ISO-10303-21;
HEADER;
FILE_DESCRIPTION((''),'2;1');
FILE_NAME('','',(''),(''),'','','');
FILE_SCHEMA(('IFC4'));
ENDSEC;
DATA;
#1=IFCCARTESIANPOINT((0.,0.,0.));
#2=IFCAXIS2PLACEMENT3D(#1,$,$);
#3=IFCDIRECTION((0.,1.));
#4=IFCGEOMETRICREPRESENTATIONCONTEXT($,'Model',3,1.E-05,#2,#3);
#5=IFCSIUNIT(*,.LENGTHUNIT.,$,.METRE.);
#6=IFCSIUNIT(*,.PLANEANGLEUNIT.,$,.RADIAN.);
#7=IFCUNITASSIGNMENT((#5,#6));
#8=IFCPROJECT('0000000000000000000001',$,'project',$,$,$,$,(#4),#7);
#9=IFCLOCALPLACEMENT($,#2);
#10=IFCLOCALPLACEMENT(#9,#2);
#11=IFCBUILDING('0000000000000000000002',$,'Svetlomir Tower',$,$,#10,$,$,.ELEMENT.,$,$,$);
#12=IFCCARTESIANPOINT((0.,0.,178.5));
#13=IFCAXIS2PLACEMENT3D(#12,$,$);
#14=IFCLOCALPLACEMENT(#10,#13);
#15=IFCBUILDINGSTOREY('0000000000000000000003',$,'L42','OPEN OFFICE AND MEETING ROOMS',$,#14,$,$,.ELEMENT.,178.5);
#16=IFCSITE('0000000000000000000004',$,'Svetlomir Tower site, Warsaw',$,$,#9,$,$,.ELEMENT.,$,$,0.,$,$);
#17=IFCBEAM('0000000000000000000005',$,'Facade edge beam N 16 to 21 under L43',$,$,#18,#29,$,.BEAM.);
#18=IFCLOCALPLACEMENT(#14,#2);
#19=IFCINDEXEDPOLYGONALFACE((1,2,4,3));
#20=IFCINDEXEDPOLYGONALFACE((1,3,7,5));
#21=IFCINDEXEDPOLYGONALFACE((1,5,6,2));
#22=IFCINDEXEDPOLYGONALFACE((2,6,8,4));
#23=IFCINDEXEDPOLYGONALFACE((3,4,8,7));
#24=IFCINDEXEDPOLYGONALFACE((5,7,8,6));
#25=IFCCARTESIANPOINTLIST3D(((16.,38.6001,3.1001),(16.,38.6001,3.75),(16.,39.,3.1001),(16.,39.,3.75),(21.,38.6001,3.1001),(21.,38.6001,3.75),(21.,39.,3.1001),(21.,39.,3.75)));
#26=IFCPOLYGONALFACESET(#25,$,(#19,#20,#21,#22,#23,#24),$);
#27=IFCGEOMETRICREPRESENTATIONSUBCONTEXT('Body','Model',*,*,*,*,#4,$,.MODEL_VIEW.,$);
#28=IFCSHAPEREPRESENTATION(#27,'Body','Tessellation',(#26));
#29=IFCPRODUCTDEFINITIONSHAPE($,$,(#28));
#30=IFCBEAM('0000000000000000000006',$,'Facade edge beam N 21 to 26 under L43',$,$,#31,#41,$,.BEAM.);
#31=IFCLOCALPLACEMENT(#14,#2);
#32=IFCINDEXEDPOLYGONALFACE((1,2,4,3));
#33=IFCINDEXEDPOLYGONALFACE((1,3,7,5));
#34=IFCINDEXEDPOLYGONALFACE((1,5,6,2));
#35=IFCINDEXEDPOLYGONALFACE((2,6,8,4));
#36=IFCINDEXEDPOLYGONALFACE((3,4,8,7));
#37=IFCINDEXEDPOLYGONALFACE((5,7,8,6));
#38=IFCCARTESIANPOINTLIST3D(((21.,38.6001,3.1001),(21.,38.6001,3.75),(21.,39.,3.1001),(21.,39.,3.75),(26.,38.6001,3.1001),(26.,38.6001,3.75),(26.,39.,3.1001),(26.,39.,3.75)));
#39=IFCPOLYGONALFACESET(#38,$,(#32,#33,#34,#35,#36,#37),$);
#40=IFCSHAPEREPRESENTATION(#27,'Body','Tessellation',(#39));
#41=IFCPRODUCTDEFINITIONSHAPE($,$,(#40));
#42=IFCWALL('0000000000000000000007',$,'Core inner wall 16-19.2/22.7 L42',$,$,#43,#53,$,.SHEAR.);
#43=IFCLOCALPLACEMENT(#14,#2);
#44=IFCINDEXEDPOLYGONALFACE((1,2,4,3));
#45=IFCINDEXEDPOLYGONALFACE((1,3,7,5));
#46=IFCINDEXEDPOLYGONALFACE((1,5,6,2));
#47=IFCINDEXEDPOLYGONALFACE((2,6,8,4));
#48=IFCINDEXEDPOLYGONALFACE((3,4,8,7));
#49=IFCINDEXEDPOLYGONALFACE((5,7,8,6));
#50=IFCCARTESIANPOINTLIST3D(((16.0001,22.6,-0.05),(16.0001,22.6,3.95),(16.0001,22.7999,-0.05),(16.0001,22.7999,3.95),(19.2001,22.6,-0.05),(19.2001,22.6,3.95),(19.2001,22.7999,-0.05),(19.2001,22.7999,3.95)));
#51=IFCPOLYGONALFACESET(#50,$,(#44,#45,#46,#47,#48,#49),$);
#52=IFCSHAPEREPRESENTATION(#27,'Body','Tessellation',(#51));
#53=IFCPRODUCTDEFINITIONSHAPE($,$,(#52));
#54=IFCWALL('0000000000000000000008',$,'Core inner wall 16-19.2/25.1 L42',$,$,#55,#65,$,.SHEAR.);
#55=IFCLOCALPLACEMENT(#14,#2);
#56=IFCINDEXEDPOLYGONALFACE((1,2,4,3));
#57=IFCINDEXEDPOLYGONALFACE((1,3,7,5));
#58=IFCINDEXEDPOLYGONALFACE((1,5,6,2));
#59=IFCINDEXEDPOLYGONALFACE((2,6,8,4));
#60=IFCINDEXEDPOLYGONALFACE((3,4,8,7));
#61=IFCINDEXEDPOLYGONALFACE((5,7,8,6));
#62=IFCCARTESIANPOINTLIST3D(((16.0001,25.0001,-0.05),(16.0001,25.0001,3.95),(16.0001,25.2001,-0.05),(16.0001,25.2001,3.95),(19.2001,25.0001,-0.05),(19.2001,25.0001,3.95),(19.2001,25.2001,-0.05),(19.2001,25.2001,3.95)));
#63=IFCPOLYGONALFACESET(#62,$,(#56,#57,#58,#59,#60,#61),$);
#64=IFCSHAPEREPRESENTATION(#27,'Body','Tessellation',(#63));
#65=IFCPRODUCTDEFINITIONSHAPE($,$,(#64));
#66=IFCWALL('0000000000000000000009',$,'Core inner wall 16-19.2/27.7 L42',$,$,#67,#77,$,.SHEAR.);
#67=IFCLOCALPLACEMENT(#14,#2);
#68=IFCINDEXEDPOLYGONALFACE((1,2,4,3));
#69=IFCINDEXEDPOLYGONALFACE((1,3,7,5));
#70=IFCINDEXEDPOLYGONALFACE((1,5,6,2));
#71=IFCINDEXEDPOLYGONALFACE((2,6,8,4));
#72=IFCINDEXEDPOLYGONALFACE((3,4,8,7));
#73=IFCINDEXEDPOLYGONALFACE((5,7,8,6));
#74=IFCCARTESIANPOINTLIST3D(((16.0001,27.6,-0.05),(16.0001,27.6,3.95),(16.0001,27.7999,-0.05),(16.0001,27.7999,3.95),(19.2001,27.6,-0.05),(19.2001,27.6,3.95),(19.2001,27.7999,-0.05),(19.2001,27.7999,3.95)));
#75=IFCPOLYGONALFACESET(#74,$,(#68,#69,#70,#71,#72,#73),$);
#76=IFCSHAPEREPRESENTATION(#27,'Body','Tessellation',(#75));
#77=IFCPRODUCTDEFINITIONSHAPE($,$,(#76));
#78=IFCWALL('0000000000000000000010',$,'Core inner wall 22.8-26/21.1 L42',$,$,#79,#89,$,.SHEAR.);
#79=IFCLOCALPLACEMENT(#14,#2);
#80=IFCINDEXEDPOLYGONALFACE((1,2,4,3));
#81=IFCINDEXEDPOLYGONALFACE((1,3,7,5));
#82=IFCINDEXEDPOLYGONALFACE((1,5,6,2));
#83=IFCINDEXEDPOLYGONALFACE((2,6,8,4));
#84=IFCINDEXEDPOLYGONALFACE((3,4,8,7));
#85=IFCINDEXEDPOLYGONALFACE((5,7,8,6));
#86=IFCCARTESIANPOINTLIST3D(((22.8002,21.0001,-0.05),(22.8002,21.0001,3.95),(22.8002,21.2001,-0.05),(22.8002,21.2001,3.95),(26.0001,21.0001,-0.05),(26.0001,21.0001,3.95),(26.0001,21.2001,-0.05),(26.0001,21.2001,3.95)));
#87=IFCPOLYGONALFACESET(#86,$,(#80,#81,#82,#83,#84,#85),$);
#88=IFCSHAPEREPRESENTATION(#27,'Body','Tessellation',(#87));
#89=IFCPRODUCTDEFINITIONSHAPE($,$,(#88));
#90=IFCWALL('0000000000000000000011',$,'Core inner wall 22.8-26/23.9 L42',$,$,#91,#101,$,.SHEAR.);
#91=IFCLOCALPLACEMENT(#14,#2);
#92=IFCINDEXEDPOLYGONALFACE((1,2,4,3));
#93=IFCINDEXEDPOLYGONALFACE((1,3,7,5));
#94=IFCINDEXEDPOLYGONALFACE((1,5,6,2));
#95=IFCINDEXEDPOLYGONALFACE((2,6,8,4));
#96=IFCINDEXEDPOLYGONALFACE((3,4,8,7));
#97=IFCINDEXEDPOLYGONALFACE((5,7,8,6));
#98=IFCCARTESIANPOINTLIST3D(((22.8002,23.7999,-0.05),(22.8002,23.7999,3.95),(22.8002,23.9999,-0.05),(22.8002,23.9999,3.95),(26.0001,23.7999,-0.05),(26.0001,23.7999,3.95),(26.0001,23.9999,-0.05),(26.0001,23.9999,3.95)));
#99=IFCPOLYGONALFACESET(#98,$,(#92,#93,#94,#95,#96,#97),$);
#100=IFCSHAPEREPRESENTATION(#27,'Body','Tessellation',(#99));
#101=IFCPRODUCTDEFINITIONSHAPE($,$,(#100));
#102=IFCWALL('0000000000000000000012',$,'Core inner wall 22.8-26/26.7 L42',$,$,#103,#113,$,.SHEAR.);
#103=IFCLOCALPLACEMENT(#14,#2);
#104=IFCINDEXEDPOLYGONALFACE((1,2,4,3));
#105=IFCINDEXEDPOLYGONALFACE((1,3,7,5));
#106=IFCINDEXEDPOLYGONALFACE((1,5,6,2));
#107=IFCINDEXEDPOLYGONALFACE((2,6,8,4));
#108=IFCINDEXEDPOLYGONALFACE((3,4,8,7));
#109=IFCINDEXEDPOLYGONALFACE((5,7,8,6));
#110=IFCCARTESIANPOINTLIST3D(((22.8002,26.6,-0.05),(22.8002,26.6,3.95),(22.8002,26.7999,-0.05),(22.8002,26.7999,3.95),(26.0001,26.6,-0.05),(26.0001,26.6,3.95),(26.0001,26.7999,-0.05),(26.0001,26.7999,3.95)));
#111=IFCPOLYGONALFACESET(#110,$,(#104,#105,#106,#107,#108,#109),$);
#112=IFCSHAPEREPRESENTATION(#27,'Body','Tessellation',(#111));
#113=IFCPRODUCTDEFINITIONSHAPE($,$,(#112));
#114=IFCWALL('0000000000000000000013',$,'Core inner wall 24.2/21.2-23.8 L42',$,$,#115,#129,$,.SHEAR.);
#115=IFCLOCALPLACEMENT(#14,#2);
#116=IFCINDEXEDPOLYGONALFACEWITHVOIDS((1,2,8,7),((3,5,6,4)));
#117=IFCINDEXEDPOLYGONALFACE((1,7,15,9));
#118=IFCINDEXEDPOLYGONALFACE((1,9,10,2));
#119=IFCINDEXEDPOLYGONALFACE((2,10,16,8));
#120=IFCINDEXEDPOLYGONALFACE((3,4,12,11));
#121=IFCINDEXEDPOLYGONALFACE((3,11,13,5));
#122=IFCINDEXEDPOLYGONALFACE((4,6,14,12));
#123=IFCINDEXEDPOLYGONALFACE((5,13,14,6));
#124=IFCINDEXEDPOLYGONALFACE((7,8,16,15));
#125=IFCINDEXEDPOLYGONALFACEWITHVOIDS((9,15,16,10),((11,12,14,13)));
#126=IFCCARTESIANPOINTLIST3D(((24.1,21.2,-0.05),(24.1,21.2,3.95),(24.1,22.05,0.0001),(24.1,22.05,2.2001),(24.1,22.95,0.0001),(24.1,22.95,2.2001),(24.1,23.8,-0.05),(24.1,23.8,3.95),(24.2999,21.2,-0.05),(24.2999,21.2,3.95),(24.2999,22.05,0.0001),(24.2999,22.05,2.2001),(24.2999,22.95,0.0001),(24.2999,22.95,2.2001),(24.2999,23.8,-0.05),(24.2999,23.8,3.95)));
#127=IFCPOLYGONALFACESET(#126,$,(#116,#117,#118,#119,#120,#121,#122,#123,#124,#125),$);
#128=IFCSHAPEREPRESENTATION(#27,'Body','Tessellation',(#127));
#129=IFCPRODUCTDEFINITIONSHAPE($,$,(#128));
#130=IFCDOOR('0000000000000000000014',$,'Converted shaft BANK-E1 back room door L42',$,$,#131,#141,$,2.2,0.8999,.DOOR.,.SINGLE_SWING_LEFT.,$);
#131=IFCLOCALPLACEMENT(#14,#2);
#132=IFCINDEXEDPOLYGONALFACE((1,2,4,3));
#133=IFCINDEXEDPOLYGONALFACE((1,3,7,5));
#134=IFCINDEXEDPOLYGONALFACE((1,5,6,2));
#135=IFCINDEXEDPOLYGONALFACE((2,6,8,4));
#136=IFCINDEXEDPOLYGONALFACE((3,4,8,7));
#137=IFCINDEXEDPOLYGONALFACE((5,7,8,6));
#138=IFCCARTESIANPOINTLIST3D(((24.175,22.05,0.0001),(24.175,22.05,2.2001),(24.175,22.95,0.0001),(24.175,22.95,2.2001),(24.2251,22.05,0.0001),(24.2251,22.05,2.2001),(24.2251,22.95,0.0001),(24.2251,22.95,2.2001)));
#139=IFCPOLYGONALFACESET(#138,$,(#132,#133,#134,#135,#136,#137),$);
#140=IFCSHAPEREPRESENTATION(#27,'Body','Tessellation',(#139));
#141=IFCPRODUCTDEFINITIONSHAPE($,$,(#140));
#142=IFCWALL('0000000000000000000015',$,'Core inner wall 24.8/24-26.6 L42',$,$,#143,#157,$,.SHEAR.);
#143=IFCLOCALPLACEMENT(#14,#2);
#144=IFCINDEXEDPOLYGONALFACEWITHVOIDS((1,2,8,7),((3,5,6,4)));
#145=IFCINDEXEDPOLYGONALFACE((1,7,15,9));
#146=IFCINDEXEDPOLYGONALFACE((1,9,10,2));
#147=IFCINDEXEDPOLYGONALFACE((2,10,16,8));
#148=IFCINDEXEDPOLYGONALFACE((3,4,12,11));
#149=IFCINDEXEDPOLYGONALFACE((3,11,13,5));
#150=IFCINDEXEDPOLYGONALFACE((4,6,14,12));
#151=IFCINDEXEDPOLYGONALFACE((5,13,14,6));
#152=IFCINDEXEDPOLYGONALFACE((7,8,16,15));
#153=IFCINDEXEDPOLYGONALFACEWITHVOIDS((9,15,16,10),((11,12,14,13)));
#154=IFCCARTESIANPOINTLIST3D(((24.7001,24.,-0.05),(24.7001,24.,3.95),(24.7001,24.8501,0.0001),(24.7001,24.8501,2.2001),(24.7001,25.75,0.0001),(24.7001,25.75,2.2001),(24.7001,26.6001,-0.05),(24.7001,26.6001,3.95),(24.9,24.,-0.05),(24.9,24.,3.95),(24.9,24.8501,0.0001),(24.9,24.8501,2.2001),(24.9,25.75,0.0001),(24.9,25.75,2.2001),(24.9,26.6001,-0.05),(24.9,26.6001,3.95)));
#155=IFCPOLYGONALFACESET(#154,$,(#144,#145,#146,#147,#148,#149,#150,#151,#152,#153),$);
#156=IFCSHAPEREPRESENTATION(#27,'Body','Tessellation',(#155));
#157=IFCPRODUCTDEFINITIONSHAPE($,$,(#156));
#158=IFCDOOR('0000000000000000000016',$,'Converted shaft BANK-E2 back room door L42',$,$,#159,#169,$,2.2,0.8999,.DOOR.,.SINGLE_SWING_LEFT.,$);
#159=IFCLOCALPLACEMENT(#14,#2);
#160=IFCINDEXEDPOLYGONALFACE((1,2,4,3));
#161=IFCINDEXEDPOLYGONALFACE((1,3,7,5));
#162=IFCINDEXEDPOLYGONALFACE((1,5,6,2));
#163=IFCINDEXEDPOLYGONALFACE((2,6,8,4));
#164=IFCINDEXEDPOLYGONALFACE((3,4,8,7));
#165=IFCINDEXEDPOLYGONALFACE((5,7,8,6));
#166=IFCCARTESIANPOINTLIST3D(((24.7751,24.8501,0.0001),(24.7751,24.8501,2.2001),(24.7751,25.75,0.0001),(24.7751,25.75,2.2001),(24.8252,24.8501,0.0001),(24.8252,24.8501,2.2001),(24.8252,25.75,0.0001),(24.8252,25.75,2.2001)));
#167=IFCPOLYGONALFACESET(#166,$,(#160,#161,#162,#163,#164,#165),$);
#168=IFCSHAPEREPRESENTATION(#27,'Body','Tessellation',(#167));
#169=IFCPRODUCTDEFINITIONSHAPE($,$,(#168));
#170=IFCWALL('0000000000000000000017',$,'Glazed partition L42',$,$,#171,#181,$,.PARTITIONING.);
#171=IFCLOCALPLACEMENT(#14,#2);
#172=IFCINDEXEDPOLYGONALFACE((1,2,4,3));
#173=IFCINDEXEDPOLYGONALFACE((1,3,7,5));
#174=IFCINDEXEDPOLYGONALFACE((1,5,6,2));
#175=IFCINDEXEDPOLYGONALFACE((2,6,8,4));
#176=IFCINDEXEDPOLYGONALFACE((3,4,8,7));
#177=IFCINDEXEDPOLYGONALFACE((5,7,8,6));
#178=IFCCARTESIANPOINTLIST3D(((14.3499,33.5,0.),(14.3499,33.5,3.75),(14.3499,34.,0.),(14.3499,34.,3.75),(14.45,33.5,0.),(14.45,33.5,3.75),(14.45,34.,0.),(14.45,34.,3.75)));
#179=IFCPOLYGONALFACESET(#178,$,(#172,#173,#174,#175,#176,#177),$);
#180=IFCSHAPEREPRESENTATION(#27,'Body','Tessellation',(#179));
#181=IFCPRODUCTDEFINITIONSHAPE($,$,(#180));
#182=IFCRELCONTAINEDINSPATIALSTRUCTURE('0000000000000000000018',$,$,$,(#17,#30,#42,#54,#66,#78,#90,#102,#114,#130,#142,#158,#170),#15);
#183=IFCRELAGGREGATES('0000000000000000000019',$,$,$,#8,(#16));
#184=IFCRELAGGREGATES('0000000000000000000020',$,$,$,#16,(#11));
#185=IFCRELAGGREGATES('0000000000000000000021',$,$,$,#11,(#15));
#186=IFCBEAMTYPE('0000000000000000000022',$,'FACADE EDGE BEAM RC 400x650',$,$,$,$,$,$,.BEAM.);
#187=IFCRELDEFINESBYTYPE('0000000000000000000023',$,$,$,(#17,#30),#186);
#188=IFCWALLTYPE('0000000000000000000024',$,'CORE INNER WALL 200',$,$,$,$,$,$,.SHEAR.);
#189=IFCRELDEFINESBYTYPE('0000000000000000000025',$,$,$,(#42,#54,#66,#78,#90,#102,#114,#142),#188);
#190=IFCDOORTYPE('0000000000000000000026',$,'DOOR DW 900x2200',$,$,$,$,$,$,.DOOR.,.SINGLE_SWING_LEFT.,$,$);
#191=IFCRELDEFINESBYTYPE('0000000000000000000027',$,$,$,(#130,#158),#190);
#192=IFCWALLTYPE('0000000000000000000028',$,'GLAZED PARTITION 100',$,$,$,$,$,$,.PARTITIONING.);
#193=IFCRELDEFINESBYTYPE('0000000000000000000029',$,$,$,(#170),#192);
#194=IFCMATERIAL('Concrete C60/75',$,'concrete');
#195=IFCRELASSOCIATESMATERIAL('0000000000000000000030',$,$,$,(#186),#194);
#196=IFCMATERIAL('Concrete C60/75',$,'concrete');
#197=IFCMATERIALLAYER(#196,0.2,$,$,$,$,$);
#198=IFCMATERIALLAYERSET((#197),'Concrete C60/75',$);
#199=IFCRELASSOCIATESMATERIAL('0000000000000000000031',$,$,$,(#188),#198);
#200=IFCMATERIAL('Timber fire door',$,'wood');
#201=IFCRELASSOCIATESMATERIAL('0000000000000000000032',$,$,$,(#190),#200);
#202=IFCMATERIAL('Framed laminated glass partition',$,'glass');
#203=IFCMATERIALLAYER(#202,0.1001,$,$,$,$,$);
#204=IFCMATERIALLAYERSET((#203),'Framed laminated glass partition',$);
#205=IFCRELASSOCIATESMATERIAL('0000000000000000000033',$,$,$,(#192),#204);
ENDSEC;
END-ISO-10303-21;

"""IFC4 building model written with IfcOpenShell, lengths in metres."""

from ifc_helpers import new_model, si_unit, direction, frame, frame_2d, origin, origin_2d, place, context, subcontext, project, spatial, rectangle, extrude, material, layer, layer_set, material_profile, profile_set, type_object, element, fill, save


model = new_model("IFC4")

# Units and contexts
model_context = context("Model", 3, precision=1e-05, world=origin(), true_north=direction((0.0, 1.0)))
body_context = subcontext(model_context, "Body", "Model", "MODEL_VIEW")
ifc_project = project(units=[si_unit("LENGTHUNIT", "METRE"), si_unit("PLANEANGLEUNIT", "RADIAN")], contexts=[model_context])

# Site, building, storey
site_placement = place(None, origin())
site = spatial("IfcSite", under=ifc_project, at=site_placement, Name="Svetlomir Tower site, Warsaw", CompositionType="ELEMENT", RefElevation=0.0)
building_placement = place(site_placement, origin())
building = spatial("IfcBuilding", under=site, at=building_placement, Name="Svetlomir Tower", CompositionType="ELEMENT")
storey_placement = place(building_placement, frame((0.0, 0.0, 178.5)))
storey = spatial("IfcBuildingStorey", under=building, at=storey_placement, Name="L42", Description="OPEN OFFICE AND MEETING ROOMS", CompositionType="ELEMENT", Elevation=178.5)

# Beams
ifc_material_1 = material(Name="Concrete C60/75", Category="concrete")
ifc_material_profile = material_profile(ifc_material_1, rectangle(XDim=0.3999, YDim=0.6499, at=origin_2d()), Name="RC 400x650")
ifc_profile_set = profile_set([ifc_material_profile], Name="Concrete C60/75")
beam_type = type_object("IfcBeamType", Name="FACADE EDGE BEAM RC 400x650", PredefinedType="BEAM", material=ifc_profile_set)
for number, where, z_axis, x_axis, name in (
    (1, (16.0, 38.8, 3.425), (1.0, 0.0, 0.0), (0.0, 1.0, 0.0), "Facade edge beam N 16 to 21 under L43"),
    (2, (21.0, 38.8, 3.425), (1.0, 0.0, 0.0), (0.0, 1.0, 0.0), "Facade edge beam N 21 to 26 under L43"),
):
    element("IfcBeam", number, at=place(storey_placement, frame(where, z_axis=z_axis, x_axis=x_axis)), inside=storey, type_object=beam_type, Name=name, PredefinedType="BEAM", context=body_context, shape_type="SweptSolid", body=[
        extrude(rectangle(XDim=0.3999, YDim=0.6499, at=origin_2d()), origin(), (0.0, 0.0, 1.0), 5.0),
    ])

# Walls
ifc_material_2 = material(Name="Concrete C60/75", Category="concrete")
ifc_layer_1 = layer(ifc_material_2, 0.2)
ifc_layer_set_1 = layer_set([ifc_layer_1], Name="Concrete C60/75")
wall_type_1 = type_object("IfcWallType", Name="CORE INNER WALL 200", PredefinedType="SHEAR", material=ifc_layer_set_1)
for number, where, z_axis, x_axis, name in (
    (3, (16.0, 22.7, -0.05), (0.0, 0.0, 1.0), (1.0, 0.0, 0.0), "Core inner wall 16-19.2/22.7 L42"),
    (4, (16.0, 25.1001, -0.05), (0.0, 0.0, 1.0), (1.0, 0.0, 0.0), "Core inner wall 16-19.2/25.1 L42"),
    (5, (16.0, 27.7, -0.05), (0.0, 0.0, 1.0), (1.0, 0.0, 0.0), "Core inner wall 16-19.2/27.7 L42"),
    (6, (22.8, 21.1001, -0.05), (0.0, 0.0, 1.0), (1.0, 0.0, 0.0), "Core inner wall 22.8-26/21.1 L42"),
    (7, (22.8, 23.8999, -0.05), (0.0, 0.0, 1.0), (1.0, 0.0, 0.0), "Core inner wall 22.8-26/23.9 L42"),
    (8, (22.8, 26.7, -0.05), (0.0, 0.0, 1.0), (1.0, 0.0, 0.0), "Core inner wall 22.8-26/26.7 L42"),
):
    element("IfcWall", number, at=place(storey_placement, frame(where, z_axis=z_axis, x_axis=x_axis)), inside=storey, type_object=wall_type_1, Name=name, PredefinedType="SHEAR", context=body_context, shape_type="SweptSolid", body=[
        extrude(rectangle(XDim=3.2, YDim=0.2, at=frame_2d((1.6001, 0.0))), origin(), (0.0, 0.0, 1.0), 4.0),
    ])

# Walls, openings, doors
wall_1_placement = place(storey_placement, frame((24.2, 21.2, -0.05), z_axis=(0.0, 0.0, 1.0), x_axis=(0.0, 1.0, 0.0)))
wall_1 = element("IfcWall", 9, at=wall_1_placement, inside=storey, type_object=wall_type_1, Name="Core inner wall 24.2/21.2-23.8 L42", PredefinedType="SHEAR", context=body_context, shape_type="SweptSolid", body=[
    extrude(rectangle(XDim=2.6001, YDim=0.2, at=frame_2d((1.3, 0.0))), origin(), (0.0, 0.0, 1.0), 4.0),
])
opening_1_placement = place(wall_1_placement, frame((0.8501, 0.0, 0.05)))
opening_1 = element("IfcOpeningElement", 10, at=opening_1_placement, cuts=wall_1, PredefinedType="OPENING", context=body_context, shape_type="SweptSolid", body=[
    extrude(rectangle(XDim=0.8999, YDim=2.2, at=frame_2d((0.45, 1.1001))), frame((0.0, 0.1099, 0.0), z_axis=(0.0, -1.0, 0.0), x_axis=(1.0, 0.0, 0.0)), (0.0, 0.0, 1.0), 0.22),
])
ifc_material_3 = material(Name="Timber fire door", Category="wood")
door_type_1 = type_object("IfcDoorType", Name="DOOR DW 900x2200", OperationType="SINGLE_SWING_LEFT", PredefinedType="DOOR", material=ifc_material_3)
door_1_placement = place(opening_1_placement, origin())
door_1 = element("IfcDoor", 11, at=door_1_placement, inside=storey, type_object=door_type_1, Name="Converted shaft BANK-E1 back room door L42", OperationType="SINGLE_SWING_LEFT", OverallHeight=2.2, OverallWidth=0.8999, PredefinedType="DOOR", context=body_context, shape_type="SweptSolid", body=[
    extrude(rectangle(XDim=0.8999, YDim=2.2, at=frame_2d((0.45, 1.1001))), frame((0.0, 0.0249, 0.0), z_axis=(0.0, -1.0, 0.0), x_axis=(1.0, 0.0, 0.0)), (0.0, 0.0, 1.0), 0.05),
])
fill(opening_1, door_1)
wall_2_placement = place(storey_placement, frame((24.8, 24.0, -0.05), z_axis=(0.0, 0.0, 1.0), x_axis=(0.0, 1.0, 0.0)))
wall_2 = element("IfcWall", 12, at=wall_2_placement, inside=storey, type_object=wall_type_1, Name="Core inner wall 24.8/24-26.6 L42", PredefinedType="SHEAR", context=body_context, shape_type="SweptSolid", body=[
    extrude(rectangle(XDim=2.6001, YDim=0.2, at=frame_2d((1.3, 0.0))), origin(), (0.0, 0.0, 1.0), 4.0),
])
opening_2_placement = place(wall_2_placement, frame((0.8501, 0.0, 0.05)))
opening_2 = element("IfcOpeningElement", 13, at=opening_2_placement, cuts=wall_2, PredefinedType="OPENING", context=body_context, shape_type="SweptSolid", body=[
    extrude(rectangle(XDim=0.8999, YDim=2.2, at=frame_2d((0.45, 1.1001))), frame((0.0, 0.1099, 0.0), z_axis=(0.0, -1.0, 0.0), x_axis=(1.0, 0.0, 0.0)), (0.0, 0.0, 1.0), 0.22),
])
door_2_placement = place(opening_2_placement, origin())
door_2 = element("IfcDoor", 14, at=door_2_placement, inside=storey, type_object=door_type_1, Name="Converted shaft BANK-E2 back room door L42", OperationType="SINGLE_SWING_LEFT", OverallHeight=2.2, OverallWidth=0.8999, PredefinedType="DOOR", context=body_context, shape_type="SweptSolid", body=[
    extrude(rectangle(XDim=0.8999, YDim=2.2, at=frame_2d((0.45, 1.1001))), frame((0.0, 0.0249, 0.0), z_axis=(0.0, -1.0, 0.0), x_axis=(1.0, 0.0, 0.0)), (0.0, 0.0, 1.0), 0.05),
])
fill(opening_2, door_2)

# Wall
ifc_material_4 = material(Name="Framed laminated glass partition", Category="glass")
ifc_layer_2 = layer(ifc_material_4, 0.1001)
ifc_layer_set_2 = layer_set([ifc_layer_2], Name="Framed laminated glass partition")
wall_type_2 = type_object("IfcWallType", Name="GLAZED PARTITION 100", PredefinedType="PARTITIONING", material=ifc_layer_set_2)
wall_3_placement = place(storey_placement, frame((14.3999, 33.5, 0.0), z_axis=(0.0, 0.0, 1.0), x_axis=(0.0, 1.0, 0.0)))
element("IfcWall", 15, at=wall_3_placement, inside=storey, type_object=wall_type_2, Name="Glazed partition L42", PredefinedType="PARTITIONING", context=body_context, shape_type="SweptSolid", body=[
    extrude(rectangle(XDim=0.5, YDim=0.1001, at=frame_2d((0.25, 0.0))), origin(), (0.0, 0.0, 1.0), 3.75),
])

save(model, "model.ifc")
